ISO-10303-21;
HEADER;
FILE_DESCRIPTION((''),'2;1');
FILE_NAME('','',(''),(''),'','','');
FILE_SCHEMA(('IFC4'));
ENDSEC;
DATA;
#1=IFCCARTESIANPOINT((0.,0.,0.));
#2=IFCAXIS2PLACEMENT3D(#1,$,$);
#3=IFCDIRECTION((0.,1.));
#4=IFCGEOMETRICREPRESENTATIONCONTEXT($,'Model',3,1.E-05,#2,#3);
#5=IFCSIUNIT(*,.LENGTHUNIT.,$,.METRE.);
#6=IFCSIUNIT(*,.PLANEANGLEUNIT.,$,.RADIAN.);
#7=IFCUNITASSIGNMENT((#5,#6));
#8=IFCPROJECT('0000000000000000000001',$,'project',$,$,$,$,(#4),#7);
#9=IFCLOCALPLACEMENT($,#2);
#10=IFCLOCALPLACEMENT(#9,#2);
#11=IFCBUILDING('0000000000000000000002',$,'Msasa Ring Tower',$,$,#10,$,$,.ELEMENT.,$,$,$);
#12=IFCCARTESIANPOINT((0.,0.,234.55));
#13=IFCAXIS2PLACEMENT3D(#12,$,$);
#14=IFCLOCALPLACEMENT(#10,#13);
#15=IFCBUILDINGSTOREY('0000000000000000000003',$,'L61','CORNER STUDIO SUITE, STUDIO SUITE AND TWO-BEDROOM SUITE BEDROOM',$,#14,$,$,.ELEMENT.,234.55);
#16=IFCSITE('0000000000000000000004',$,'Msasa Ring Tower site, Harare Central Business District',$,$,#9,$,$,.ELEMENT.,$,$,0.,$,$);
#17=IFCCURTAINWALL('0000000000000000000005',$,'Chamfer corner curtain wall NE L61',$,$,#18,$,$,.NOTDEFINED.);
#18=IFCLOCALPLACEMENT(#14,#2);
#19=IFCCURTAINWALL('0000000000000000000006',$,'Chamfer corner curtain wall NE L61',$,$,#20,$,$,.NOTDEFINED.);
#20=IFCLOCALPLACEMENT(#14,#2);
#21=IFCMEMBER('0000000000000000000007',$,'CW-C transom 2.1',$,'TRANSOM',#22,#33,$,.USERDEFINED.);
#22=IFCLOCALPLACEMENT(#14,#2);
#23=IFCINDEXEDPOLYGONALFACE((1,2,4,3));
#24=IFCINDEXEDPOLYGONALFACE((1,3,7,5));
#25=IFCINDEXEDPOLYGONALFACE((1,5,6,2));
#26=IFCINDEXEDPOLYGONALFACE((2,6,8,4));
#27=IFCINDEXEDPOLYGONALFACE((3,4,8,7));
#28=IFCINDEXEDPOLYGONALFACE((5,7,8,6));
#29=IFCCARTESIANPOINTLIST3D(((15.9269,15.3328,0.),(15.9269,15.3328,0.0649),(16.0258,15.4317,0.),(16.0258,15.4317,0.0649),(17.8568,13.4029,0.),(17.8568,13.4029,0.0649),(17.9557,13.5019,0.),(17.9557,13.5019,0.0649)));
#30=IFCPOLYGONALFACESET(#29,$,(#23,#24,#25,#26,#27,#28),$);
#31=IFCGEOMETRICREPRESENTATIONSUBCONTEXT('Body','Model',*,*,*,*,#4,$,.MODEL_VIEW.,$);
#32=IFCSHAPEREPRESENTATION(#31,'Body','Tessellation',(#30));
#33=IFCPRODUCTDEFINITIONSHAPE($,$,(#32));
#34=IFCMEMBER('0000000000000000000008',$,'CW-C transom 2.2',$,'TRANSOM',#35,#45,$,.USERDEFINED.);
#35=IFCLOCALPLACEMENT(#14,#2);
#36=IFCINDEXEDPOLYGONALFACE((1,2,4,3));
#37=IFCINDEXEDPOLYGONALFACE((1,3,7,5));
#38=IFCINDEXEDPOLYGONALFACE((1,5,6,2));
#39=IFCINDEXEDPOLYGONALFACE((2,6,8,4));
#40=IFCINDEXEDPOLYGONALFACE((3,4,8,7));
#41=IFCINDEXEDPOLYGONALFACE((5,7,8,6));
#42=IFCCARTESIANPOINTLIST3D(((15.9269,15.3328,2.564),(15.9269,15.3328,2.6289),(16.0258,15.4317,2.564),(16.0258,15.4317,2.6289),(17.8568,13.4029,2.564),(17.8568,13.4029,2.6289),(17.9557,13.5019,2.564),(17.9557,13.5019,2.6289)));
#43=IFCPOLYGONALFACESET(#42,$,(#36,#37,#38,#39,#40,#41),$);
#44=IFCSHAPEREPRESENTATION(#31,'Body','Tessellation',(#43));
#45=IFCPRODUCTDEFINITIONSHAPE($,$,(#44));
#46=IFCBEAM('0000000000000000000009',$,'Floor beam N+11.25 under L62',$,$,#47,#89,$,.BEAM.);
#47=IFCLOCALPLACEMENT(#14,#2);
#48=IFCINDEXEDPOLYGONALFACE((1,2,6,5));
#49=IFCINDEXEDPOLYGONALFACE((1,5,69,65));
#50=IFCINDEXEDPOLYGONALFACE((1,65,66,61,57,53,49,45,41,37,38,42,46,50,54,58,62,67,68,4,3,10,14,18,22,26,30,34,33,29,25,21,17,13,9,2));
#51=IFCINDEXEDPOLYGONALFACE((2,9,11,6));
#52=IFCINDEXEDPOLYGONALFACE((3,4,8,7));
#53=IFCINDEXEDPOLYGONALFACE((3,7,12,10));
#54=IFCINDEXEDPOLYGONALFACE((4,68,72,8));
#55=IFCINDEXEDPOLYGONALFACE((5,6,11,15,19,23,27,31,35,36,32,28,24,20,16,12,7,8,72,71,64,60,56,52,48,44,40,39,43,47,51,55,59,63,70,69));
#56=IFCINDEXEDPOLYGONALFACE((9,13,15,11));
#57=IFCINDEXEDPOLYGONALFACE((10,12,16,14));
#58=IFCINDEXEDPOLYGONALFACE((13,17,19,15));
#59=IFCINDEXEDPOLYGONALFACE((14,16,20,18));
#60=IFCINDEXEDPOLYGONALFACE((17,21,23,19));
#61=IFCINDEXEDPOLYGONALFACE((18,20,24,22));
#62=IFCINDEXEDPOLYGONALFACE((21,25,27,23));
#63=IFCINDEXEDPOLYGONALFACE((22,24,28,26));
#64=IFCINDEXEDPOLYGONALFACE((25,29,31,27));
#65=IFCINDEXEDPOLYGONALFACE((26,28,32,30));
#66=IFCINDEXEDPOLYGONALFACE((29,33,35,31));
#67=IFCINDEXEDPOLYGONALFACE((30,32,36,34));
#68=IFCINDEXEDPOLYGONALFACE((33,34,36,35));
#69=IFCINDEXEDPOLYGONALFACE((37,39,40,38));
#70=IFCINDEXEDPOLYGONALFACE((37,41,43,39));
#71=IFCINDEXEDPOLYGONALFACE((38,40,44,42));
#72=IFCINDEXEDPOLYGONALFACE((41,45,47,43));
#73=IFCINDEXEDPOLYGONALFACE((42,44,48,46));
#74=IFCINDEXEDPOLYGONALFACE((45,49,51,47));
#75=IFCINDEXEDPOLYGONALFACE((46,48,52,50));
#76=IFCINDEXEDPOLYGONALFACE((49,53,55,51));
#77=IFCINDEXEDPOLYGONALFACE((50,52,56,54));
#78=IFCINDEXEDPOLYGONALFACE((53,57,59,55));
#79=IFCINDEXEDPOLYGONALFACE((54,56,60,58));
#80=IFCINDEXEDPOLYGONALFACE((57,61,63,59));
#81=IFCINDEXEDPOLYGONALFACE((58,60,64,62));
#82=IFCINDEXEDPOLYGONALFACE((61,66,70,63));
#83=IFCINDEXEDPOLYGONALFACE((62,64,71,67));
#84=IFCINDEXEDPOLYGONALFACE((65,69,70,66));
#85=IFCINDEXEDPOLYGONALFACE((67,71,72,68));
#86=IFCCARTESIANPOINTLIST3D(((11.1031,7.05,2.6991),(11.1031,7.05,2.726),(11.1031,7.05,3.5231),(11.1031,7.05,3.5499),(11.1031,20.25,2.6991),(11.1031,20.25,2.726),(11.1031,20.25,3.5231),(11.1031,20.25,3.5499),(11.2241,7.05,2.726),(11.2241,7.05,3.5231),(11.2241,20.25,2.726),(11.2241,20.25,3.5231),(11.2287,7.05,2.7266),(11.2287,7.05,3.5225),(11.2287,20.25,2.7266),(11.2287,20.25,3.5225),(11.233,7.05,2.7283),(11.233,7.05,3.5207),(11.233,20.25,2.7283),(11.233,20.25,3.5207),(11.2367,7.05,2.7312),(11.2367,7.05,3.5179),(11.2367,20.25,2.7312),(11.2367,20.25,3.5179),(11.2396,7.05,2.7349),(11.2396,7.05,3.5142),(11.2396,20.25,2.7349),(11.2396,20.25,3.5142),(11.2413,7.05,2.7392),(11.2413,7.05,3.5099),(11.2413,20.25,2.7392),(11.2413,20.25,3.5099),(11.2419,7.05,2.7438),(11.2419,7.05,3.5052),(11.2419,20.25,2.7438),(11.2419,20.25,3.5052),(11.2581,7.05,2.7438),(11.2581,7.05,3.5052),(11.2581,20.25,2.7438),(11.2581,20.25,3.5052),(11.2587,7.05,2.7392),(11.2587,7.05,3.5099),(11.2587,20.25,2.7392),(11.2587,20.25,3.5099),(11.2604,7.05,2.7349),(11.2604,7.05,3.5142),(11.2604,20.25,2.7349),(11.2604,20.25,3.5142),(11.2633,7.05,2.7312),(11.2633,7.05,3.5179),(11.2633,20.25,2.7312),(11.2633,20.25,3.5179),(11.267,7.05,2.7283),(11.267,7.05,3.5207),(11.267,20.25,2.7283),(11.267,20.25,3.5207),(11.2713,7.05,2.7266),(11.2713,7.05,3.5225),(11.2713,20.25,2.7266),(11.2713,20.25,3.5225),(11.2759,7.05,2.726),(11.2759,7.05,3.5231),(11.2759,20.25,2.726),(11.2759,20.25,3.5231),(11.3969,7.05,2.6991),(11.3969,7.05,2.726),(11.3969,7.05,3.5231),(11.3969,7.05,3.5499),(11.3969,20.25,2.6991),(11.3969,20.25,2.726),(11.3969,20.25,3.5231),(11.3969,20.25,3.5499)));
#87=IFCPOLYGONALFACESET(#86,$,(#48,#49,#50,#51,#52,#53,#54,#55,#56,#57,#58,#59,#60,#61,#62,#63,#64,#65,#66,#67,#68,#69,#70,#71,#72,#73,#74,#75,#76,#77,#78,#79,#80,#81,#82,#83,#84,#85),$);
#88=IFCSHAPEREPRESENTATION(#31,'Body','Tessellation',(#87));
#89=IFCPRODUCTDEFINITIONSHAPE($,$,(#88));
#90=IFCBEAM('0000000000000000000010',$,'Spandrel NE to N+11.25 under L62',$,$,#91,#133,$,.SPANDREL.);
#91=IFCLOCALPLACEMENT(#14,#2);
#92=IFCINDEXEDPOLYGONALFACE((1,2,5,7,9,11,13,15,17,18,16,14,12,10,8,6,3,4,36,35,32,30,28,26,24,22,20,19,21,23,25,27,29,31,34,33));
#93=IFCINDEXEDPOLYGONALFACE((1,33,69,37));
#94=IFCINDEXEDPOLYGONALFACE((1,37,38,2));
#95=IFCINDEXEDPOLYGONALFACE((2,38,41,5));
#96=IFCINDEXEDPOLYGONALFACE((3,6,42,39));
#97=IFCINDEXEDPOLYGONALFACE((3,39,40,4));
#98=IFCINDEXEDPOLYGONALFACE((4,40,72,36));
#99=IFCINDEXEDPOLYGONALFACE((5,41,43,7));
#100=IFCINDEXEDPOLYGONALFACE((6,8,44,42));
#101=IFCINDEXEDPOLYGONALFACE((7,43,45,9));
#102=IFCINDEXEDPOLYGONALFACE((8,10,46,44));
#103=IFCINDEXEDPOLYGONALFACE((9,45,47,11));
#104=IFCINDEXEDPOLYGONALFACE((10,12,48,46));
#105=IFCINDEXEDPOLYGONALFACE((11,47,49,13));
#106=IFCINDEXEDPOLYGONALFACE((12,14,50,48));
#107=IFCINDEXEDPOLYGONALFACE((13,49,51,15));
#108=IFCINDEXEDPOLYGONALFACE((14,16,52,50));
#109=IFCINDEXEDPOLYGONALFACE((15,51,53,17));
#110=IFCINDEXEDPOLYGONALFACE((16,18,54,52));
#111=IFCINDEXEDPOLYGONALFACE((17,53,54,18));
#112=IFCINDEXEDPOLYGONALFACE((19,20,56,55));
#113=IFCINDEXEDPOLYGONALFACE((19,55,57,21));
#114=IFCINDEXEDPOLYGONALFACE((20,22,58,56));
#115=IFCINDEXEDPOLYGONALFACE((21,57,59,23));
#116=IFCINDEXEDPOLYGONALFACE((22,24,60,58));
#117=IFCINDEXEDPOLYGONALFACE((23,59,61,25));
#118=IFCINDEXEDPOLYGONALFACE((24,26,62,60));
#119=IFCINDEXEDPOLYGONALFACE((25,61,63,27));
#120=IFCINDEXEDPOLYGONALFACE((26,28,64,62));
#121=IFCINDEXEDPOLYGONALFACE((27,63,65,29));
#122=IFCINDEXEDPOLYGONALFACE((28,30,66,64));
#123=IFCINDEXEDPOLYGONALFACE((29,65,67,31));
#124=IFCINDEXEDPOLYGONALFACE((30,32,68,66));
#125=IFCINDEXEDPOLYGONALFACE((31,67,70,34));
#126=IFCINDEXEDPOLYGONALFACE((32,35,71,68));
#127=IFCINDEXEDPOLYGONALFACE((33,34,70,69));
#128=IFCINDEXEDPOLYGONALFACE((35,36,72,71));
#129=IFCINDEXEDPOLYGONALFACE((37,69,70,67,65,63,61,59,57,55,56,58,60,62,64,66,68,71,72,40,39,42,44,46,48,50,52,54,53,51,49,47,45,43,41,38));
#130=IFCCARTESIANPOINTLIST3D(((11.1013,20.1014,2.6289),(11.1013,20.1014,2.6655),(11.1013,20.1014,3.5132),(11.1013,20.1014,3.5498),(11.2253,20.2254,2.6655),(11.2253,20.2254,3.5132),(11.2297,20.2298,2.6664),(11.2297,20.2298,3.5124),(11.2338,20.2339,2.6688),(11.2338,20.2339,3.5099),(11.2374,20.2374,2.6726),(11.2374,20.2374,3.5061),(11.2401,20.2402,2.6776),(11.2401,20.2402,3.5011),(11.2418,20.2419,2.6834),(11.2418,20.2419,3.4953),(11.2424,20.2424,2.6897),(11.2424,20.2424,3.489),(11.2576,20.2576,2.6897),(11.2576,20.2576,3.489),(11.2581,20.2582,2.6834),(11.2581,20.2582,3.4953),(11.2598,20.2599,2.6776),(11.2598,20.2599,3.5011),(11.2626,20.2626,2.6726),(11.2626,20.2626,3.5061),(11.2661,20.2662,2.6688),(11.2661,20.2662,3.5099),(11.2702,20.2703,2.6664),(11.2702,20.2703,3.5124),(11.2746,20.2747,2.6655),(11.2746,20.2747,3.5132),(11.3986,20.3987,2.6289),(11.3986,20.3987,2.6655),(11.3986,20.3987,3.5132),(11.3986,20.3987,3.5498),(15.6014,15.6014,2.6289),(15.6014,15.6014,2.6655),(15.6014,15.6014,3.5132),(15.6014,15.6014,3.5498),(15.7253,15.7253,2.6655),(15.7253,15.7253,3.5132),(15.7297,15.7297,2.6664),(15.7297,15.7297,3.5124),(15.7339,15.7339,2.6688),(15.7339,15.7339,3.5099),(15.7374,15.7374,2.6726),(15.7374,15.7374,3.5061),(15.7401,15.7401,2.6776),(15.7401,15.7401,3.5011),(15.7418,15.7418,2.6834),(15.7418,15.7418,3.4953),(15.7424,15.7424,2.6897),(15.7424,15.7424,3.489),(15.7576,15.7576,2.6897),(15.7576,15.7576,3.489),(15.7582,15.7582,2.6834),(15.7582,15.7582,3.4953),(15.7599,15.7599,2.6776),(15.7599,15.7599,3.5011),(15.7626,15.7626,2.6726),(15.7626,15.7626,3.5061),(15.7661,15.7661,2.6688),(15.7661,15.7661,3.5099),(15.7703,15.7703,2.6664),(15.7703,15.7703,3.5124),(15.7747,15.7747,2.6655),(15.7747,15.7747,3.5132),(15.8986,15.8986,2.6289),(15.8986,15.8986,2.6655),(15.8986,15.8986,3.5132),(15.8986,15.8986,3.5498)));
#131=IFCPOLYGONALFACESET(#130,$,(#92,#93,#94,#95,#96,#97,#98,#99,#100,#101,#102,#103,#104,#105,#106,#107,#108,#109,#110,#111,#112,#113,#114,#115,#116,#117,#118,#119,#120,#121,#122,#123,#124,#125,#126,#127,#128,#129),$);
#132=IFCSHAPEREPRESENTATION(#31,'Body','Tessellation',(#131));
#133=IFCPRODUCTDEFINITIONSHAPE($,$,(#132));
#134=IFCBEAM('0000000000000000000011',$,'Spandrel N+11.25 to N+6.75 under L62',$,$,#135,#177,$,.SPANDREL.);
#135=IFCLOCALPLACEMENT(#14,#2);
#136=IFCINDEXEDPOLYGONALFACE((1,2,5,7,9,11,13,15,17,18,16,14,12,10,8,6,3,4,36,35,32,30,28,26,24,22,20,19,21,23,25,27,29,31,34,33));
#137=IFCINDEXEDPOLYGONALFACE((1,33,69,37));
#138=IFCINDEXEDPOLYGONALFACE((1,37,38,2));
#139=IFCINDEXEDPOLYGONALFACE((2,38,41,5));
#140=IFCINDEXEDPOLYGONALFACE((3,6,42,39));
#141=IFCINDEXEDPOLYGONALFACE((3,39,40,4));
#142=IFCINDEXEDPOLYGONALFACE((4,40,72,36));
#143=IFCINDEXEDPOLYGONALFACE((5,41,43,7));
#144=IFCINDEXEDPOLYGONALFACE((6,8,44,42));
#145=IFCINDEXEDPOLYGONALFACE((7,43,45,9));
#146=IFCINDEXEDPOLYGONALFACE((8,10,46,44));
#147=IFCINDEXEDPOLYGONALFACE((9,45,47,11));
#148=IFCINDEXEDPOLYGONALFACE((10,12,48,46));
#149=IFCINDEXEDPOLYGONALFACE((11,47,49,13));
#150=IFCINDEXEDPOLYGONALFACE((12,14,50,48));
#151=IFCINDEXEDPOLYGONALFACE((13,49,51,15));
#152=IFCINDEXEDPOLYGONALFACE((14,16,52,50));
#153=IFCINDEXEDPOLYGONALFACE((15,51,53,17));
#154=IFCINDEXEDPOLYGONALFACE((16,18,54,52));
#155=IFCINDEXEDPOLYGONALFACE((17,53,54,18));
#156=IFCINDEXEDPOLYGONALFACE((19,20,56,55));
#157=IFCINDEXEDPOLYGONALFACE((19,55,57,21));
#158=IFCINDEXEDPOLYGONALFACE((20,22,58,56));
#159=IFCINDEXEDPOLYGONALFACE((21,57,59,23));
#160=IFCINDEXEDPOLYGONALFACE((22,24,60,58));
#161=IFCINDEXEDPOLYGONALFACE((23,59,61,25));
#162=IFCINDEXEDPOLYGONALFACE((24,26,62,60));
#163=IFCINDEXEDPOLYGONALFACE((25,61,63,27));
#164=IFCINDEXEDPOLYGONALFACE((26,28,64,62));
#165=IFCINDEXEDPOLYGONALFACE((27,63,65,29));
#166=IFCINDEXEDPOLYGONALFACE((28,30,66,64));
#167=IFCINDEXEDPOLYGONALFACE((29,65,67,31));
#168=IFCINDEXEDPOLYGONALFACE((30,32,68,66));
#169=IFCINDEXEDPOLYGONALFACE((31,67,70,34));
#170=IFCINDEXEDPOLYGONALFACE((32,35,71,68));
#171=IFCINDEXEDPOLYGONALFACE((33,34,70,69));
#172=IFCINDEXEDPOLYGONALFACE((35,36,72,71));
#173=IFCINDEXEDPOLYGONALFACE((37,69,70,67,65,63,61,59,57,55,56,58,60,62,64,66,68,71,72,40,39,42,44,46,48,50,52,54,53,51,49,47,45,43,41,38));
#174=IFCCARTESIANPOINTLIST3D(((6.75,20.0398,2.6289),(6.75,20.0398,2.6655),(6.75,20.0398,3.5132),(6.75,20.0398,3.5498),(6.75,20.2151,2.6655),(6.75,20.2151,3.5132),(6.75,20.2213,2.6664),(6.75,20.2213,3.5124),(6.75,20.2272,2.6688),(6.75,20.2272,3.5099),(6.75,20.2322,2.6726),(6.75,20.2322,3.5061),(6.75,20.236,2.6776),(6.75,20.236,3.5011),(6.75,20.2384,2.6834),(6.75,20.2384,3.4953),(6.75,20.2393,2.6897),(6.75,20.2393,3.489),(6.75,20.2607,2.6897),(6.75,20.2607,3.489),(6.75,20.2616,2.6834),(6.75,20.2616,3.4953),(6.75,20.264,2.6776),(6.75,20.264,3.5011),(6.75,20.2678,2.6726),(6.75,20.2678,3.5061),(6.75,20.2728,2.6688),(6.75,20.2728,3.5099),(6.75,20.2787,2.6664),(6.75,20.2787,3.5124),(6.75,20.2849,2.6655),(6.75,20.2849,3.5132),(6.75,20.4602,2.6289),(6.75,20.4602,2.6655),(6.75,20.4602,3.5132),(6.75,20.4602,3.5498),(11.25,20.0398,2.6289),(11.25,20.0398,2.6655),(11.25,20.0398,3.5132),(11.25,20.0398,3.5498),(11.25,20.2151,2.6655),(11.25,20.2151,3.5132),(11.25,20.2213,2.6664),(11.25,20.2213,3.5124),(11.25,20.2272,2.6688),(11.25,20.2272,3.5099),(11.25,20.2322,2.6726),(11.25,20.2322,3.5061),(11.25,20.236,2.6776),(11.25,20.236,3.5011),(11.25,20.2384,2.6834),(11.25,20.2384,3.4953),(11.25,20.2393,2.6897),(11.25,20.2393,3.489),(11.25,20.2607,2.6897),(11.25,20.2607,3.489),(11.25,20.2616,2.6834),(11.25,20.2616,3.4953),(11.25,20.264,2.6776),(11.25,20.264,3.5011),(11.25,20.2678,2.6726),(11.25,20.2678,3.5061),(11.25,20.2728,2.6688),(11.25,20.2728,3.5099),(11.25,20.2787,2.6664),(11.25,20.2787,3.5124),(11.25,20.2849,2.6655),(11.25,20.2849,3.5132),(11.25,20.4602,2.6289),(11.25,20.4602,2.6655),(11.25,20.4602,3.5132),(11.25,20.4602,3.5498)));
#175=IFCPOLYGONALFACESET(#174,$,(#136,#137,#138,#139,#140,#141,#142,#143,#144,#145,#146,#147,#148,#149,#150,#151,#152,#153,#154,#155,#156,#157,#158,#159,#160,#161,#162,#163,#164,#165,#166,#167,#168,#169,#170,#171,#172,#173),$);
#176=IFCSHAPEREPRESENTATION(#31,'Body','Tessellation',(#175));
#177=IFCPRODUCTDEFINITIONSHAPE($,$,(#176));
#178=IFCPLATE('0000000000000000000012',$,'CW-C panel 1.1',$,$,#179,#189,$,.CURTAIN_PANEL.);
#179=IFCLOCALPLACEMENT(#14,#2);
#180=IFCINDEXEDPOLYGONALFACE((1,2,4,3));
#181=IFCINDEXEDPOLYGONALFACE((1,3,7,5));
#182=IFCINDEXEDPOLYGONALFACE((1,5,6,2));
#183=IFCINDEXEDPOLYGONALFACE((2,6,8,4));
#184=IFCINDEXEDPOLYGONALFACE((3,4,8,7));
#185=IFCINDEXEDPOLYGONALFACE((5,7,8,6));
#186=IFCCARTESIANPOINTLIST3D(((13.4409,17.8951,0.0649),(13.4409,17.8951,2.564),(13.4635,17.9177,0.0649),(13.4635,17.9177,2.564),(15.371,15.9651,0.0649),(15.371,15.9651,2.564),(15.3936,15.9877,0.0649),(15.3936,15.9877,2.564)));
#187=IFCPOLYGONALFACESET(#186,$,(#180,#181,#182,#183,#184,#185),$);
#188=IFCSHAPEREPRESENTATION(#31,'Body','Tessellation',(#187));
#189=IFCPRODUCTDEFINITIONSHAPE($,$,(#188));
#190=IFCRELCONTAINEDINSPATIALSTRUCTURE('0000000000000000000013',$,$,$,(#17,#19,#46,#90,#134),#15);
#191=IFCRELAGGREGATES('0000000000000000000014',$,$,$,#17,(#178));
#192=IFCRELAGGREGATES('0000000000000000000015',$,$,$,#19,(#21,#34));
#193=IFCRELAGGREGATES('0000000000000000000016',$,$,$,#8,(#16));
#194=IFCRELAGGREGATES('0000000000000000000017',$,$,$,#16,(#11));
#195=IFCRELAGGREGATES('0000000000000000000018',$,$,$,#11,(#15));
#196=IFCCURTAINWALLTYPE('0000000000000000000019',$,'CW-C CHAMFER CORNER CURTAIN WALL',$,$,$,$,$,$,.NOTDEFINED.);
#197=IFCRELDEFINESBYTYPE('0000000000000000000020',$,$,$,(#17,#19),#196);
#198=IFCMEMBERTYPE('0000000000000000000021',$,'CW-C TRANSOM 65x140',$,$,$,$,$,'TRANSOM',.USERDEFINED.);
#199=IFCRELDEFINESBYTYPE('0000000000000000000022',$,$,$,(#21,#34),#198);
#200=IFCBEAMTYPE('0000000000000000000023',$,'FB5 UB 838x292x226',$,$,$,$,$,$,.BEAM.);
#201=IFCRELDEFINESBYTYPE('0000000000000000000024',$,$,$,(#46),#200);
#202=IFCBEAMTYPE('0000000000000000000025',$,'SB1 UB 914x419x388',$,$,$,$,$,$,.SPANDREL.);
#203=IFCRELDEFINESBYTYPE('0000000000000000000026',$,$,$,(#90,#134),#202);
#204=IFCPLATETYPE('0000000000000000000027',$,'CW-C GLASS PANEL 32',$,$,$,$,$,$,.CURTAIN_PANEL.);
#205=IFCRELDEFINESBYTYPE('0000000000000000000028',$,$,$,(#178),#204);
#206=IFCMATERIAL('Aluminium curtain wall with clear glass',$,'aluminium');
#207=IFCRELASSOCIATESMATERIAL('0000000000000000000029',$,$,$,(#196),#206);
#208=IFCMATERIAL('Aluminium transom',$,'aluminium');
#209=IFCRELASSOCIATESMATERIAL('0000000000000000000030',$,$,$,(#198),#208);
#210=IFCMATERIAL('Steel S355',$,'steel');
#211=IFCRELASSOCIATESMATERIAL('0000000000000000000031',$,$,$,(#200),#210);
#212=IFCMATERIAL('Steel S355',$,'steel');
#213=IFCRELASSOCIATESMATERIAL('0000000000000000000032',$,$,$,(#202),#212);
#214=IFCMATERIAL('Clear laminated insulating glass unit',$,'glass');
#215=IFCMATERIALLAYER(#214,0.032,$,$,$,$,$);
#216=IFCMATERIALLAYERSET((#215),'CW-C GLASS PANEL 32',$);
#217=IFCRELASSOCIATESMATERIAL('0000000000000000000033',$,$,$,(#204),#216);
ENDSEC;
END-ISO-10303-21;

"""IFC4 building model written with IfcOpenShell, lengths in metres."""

from ifc_helpers import new_model, si_unit, direction, frame, origin, origin_2d, place, context, subcontext, project, spatial, rectangle, i_section, extrude, material, layer, layer_set, material_profile, profile_set, type_object, element, aggregate, save


model = new_model("IFC4")

# Units and contexts
model_context = context("Model", 3, precision=1e-05, world=origin(), true_north=direction((0.0, 1.0)))
body_context = subcontext(model_context, "Body", "Model", "MODEL_VIEW")
ifc_project = project(units=[si_unit("LENGTHUNIT", "METRE"), si_unit("PLANEANGLEUNIT", "RADIAN")], contexts=[model_context])

# Site, building, storey
site_placement = place(None, origin())
site = spatial("IfcSite", under=ifc_project, at=site_placement, Name="Msasa Ring Tower site, Harare Central Business District", CompositionType="ELEMENT", RefElevation=0.0)
building_placement = place(site_placement, origin())
building = spatial("IfcBuilding", under=site, at=building_placement, Name="Msasa Ring Tower", CompositionType="ELEMENT")
storey_placement = place(building_placement, frame((0.0, 0.0, 234.55)))
storey = spatial("IfcBuildingStorey", under=building, at=storey_placement, Name="L61", Description="CORNER STUDIO SUITE, STUDIO SUITE AND TWO-BEDROOM SUITE BEDROOM", CompositionType="ELEMENT", Elevation=234.55)

# Curtain walls
ifc_material_1 = material(Name="Aluminium curtain wall with clear glass", Category="aluminium")
curtain_wall_type = type_object("IfcCurtainWallType", Name="CW-C CHAMFER CORNER CURTAIN WALL", PredefinedType="NOTDEFINED", material=ifc_material_1)
curtain_wall_1_placement = place(storey_placement, origin())
curtain_wall_1 = element("IfcCurtainWall", 1, at=curtain_wall_1_placement, inside=storey, type_object=curtain_wall_type, Name="Chamfer corner curtain wall NE L61", PredefinedType="NOTDEFINED")
curtain_wall_2_placement = place(storey_placement, origin())
curtain_wall_2 = element("IfcCurtainWall", 2, at=curtain_wall_2_placement, inside=storey, type_object=curtain_wall_type, Name="Chamfer corner curtain wall NE L61", PredefinedType="NOTDEFINED")

# Members
ifc_material_2 = material(Name="Aluminium transom", Category="aluminium")
ifc_material_profile_1 = material_profile(ifc_material_2, rectangle(XDim=0.1399, YDim=0.0649, at=origin_2d()), Name="AL 65x140")
ifc_profile_set_1 = profile_set([ifc_material_profile_1], Name="Aluminium transom")
member_type_1 = type_object("IfcMemberType", Name="CW-C TRANSOM 65x140", ElementType="TRANSOM", PredefinedType="USERDEFINED", material=ifc_profile_set_1)
member_1_placement = place(storey_placement, frame((17.9062, 13.4524, 0.0325), z_axis=(-0.707107, 0.707107, 0.0), x_axis=(-0.707107, -0.707107, 0.0)))
member_1 = element("IfcMember", 3, at=member_1_placement, type_object=member_type_1, Name="CW-C transom 2.1", ObjectType="TRANSOM", PredefinedType="USERDEFINED", context=body_context, shape_type="SweptSolid", body=[
    extrude(rectangle(XDim=0.1399, YDim=0.0649, at=origin_2d()), origin(), (0.0, 0.0, 1.0), 2.7292),
])
member_2_placement = place(storey_placement, frame((17.9062, 13.4524, 2.5964), z_axis=(-0.707107, 0.707107, 0.0), x_axis=(-0.707107, -0.707107, 0.0)))
member_2 = element("IfcMember", 4, at=member_2_placement, type_object=member_type_1, Name="CW-C transom 2.2", ObjectType="TRANSOM", PredefinedType="USERDEFINED", context=body_context, shape_type="SweptSolid", body=[
    extrude(rectangle(XDim=0.1399, YDim=0.0649, at=origin_2d()), origin(), (0.0, 0.0, 1.0), 2.7292),
])

# Beams
ifc_material_3 = material(Name="Steel S355", Category="steel")
ifc_material_profile_2 = material_profile(ifc_material_3, i_section(OverallWidth=0.2937, OverallDepth=0.8508, WebThickness=0.0161, FlangeThickness=0.0269, FilletRadius=0.0178, at=origin_2d()), Name="UB 838x292x226")
ifc_profile_set_2 = profile_set([ifc_material_profile_2], Name="Steel S355")
beam_type_1 = type_object("IfcBeamType", Name="FB5 UB 838x292x226", PredefinedType="BEAM", material=ifc_profile_set_2)
beam_1_placement = place(storey_placement, frame((11.25, 20.25, 3.1245), z_axis=(0.0, -1.0, 0.0), x_axis=(1.0, 0.0, 0.0)))
element("IfcBeam", 5, at=beam_1_placement, inside=storey, type_object=beam_type_1, Name="Floor beam N+11.25 under L62", PredefinedType="BEAM", context=body_context, shape_type="SweptSolid", body=[
    extrude(i_section(OverallWidth=0.2937, OverallDepth=0.8508, WebThickness=0.0161, FlangeThickness=0.0269, FilletRadius=0.0178, at=origin_2d()), origin(), (0.0, 0.0, 1.0), 13.2),
])
ifc_material_4 = material(Name="Steel S355", Category="steel")
ifc_material_profile_3 = material_profile(ifc_material_4, i_section(OverallWidth=0.4204, OverallDepth=0.9209, WebThickness=0.0215, FlangeThickness=0.0366, FilletRadius=0.0242, at=origin_2d()), Name="UB 914x419x388")
ifc_profile_set_3 = profile_set([ifc_material_profile_3], Name="Steel S355")
beam_type_2 = type_object("IfcBeamType", Name="SB1 UB 914x419x388", PredefinedType="SPANDREL", material=ifc_profile_set_3)
beam_2_placement = place(storey_placement, frame((15.75, 15.75, 3.0894), z_axis=(-0.707107, 0.707107, 0.0), x_axis=(-0.707107, -0.707107, 0.0)))
element("IfcBeam", 6, at=beam_2_placement, inside=storey, type_object=beam_type_2, Name="Spandrel NE to N+11.25 under L62", PredefinedType="SPANDREL", context=body_context, shape_type="SweptSolid", body=[
    extrude(i_section(OverallWidth=0.4204, OverallDepth=0.9209, WebThickness=0.0215, FlangeThickness=0.0366, FilletRadius=0.0242, at=origin_2d()), origin(), (0.0, 0.0, 1.0), 6.364),
])
beam_3_placement = place(storey_placement, frame((11.25, 20.25, 3.0894), z_axis=(-1.0, 0.0, 0.0), x_axis=(0.0, -1.0, 0.0)))
element("IfcBeam", 7, at=beam_3_placement, inside=storey, type_object=beam_type_2, Name="Spandrel N+11.25 to N+6.75 under L62", PredefinedType="SPANDREL", context=body_context, shape_type="SweptSolid", body=[
    extrude(i_section(OverallWidth=0.4204, OverallDepth=0.9209, WebThickness=0.0215, FlangeThickness=0.0366, FilletRadius=0.0242, at=origin_2d()), origin(), (0.0, 0.0, 1.0), 4.5),
])

# Plate
ifc_material_5 = material(Name="Clear laminated insulating glass unit", Category="glass")
ifc_layer_1 = layer(ifc_material_5, 0.032)
ifc_layer_set_1 = layer_set([ifc_layer_1], Name="CW-C GLASS PANEL 32")
plate_type = type_object("IfcPlateType", Name="CW-C GLASS PANEL 32", PredefinedType="CURTAIN_PANEL", material=ifc_layer_set_1)
plate_1_placement = place(storey_placement, frame((14.4172, 16.9414, 0.0649), z_axis=(0.0, 0.0, 1.0), x_axis=(-0.707107, 0.707107, 0.0)))
plate_1 = element("IfcPlate", 8, at=plate_1_placement, type_object=plate_type, Name="CW-C panel 1.1", PredefinedType="CURTAIN_PANEL", context=body_context, shape_type="SweptSolid", body=[
    extrude(rectangle(XDim=2.7295, YDim=0.032, at=origin_2d()), origin(), (0.0, 0.0, 1.0), 2.499),
])
aggregate(curtain_wall_1, [plate_1])
aggregate(curtain_wall_2, [member_1, member_2])

save(model, "model.ifc")
